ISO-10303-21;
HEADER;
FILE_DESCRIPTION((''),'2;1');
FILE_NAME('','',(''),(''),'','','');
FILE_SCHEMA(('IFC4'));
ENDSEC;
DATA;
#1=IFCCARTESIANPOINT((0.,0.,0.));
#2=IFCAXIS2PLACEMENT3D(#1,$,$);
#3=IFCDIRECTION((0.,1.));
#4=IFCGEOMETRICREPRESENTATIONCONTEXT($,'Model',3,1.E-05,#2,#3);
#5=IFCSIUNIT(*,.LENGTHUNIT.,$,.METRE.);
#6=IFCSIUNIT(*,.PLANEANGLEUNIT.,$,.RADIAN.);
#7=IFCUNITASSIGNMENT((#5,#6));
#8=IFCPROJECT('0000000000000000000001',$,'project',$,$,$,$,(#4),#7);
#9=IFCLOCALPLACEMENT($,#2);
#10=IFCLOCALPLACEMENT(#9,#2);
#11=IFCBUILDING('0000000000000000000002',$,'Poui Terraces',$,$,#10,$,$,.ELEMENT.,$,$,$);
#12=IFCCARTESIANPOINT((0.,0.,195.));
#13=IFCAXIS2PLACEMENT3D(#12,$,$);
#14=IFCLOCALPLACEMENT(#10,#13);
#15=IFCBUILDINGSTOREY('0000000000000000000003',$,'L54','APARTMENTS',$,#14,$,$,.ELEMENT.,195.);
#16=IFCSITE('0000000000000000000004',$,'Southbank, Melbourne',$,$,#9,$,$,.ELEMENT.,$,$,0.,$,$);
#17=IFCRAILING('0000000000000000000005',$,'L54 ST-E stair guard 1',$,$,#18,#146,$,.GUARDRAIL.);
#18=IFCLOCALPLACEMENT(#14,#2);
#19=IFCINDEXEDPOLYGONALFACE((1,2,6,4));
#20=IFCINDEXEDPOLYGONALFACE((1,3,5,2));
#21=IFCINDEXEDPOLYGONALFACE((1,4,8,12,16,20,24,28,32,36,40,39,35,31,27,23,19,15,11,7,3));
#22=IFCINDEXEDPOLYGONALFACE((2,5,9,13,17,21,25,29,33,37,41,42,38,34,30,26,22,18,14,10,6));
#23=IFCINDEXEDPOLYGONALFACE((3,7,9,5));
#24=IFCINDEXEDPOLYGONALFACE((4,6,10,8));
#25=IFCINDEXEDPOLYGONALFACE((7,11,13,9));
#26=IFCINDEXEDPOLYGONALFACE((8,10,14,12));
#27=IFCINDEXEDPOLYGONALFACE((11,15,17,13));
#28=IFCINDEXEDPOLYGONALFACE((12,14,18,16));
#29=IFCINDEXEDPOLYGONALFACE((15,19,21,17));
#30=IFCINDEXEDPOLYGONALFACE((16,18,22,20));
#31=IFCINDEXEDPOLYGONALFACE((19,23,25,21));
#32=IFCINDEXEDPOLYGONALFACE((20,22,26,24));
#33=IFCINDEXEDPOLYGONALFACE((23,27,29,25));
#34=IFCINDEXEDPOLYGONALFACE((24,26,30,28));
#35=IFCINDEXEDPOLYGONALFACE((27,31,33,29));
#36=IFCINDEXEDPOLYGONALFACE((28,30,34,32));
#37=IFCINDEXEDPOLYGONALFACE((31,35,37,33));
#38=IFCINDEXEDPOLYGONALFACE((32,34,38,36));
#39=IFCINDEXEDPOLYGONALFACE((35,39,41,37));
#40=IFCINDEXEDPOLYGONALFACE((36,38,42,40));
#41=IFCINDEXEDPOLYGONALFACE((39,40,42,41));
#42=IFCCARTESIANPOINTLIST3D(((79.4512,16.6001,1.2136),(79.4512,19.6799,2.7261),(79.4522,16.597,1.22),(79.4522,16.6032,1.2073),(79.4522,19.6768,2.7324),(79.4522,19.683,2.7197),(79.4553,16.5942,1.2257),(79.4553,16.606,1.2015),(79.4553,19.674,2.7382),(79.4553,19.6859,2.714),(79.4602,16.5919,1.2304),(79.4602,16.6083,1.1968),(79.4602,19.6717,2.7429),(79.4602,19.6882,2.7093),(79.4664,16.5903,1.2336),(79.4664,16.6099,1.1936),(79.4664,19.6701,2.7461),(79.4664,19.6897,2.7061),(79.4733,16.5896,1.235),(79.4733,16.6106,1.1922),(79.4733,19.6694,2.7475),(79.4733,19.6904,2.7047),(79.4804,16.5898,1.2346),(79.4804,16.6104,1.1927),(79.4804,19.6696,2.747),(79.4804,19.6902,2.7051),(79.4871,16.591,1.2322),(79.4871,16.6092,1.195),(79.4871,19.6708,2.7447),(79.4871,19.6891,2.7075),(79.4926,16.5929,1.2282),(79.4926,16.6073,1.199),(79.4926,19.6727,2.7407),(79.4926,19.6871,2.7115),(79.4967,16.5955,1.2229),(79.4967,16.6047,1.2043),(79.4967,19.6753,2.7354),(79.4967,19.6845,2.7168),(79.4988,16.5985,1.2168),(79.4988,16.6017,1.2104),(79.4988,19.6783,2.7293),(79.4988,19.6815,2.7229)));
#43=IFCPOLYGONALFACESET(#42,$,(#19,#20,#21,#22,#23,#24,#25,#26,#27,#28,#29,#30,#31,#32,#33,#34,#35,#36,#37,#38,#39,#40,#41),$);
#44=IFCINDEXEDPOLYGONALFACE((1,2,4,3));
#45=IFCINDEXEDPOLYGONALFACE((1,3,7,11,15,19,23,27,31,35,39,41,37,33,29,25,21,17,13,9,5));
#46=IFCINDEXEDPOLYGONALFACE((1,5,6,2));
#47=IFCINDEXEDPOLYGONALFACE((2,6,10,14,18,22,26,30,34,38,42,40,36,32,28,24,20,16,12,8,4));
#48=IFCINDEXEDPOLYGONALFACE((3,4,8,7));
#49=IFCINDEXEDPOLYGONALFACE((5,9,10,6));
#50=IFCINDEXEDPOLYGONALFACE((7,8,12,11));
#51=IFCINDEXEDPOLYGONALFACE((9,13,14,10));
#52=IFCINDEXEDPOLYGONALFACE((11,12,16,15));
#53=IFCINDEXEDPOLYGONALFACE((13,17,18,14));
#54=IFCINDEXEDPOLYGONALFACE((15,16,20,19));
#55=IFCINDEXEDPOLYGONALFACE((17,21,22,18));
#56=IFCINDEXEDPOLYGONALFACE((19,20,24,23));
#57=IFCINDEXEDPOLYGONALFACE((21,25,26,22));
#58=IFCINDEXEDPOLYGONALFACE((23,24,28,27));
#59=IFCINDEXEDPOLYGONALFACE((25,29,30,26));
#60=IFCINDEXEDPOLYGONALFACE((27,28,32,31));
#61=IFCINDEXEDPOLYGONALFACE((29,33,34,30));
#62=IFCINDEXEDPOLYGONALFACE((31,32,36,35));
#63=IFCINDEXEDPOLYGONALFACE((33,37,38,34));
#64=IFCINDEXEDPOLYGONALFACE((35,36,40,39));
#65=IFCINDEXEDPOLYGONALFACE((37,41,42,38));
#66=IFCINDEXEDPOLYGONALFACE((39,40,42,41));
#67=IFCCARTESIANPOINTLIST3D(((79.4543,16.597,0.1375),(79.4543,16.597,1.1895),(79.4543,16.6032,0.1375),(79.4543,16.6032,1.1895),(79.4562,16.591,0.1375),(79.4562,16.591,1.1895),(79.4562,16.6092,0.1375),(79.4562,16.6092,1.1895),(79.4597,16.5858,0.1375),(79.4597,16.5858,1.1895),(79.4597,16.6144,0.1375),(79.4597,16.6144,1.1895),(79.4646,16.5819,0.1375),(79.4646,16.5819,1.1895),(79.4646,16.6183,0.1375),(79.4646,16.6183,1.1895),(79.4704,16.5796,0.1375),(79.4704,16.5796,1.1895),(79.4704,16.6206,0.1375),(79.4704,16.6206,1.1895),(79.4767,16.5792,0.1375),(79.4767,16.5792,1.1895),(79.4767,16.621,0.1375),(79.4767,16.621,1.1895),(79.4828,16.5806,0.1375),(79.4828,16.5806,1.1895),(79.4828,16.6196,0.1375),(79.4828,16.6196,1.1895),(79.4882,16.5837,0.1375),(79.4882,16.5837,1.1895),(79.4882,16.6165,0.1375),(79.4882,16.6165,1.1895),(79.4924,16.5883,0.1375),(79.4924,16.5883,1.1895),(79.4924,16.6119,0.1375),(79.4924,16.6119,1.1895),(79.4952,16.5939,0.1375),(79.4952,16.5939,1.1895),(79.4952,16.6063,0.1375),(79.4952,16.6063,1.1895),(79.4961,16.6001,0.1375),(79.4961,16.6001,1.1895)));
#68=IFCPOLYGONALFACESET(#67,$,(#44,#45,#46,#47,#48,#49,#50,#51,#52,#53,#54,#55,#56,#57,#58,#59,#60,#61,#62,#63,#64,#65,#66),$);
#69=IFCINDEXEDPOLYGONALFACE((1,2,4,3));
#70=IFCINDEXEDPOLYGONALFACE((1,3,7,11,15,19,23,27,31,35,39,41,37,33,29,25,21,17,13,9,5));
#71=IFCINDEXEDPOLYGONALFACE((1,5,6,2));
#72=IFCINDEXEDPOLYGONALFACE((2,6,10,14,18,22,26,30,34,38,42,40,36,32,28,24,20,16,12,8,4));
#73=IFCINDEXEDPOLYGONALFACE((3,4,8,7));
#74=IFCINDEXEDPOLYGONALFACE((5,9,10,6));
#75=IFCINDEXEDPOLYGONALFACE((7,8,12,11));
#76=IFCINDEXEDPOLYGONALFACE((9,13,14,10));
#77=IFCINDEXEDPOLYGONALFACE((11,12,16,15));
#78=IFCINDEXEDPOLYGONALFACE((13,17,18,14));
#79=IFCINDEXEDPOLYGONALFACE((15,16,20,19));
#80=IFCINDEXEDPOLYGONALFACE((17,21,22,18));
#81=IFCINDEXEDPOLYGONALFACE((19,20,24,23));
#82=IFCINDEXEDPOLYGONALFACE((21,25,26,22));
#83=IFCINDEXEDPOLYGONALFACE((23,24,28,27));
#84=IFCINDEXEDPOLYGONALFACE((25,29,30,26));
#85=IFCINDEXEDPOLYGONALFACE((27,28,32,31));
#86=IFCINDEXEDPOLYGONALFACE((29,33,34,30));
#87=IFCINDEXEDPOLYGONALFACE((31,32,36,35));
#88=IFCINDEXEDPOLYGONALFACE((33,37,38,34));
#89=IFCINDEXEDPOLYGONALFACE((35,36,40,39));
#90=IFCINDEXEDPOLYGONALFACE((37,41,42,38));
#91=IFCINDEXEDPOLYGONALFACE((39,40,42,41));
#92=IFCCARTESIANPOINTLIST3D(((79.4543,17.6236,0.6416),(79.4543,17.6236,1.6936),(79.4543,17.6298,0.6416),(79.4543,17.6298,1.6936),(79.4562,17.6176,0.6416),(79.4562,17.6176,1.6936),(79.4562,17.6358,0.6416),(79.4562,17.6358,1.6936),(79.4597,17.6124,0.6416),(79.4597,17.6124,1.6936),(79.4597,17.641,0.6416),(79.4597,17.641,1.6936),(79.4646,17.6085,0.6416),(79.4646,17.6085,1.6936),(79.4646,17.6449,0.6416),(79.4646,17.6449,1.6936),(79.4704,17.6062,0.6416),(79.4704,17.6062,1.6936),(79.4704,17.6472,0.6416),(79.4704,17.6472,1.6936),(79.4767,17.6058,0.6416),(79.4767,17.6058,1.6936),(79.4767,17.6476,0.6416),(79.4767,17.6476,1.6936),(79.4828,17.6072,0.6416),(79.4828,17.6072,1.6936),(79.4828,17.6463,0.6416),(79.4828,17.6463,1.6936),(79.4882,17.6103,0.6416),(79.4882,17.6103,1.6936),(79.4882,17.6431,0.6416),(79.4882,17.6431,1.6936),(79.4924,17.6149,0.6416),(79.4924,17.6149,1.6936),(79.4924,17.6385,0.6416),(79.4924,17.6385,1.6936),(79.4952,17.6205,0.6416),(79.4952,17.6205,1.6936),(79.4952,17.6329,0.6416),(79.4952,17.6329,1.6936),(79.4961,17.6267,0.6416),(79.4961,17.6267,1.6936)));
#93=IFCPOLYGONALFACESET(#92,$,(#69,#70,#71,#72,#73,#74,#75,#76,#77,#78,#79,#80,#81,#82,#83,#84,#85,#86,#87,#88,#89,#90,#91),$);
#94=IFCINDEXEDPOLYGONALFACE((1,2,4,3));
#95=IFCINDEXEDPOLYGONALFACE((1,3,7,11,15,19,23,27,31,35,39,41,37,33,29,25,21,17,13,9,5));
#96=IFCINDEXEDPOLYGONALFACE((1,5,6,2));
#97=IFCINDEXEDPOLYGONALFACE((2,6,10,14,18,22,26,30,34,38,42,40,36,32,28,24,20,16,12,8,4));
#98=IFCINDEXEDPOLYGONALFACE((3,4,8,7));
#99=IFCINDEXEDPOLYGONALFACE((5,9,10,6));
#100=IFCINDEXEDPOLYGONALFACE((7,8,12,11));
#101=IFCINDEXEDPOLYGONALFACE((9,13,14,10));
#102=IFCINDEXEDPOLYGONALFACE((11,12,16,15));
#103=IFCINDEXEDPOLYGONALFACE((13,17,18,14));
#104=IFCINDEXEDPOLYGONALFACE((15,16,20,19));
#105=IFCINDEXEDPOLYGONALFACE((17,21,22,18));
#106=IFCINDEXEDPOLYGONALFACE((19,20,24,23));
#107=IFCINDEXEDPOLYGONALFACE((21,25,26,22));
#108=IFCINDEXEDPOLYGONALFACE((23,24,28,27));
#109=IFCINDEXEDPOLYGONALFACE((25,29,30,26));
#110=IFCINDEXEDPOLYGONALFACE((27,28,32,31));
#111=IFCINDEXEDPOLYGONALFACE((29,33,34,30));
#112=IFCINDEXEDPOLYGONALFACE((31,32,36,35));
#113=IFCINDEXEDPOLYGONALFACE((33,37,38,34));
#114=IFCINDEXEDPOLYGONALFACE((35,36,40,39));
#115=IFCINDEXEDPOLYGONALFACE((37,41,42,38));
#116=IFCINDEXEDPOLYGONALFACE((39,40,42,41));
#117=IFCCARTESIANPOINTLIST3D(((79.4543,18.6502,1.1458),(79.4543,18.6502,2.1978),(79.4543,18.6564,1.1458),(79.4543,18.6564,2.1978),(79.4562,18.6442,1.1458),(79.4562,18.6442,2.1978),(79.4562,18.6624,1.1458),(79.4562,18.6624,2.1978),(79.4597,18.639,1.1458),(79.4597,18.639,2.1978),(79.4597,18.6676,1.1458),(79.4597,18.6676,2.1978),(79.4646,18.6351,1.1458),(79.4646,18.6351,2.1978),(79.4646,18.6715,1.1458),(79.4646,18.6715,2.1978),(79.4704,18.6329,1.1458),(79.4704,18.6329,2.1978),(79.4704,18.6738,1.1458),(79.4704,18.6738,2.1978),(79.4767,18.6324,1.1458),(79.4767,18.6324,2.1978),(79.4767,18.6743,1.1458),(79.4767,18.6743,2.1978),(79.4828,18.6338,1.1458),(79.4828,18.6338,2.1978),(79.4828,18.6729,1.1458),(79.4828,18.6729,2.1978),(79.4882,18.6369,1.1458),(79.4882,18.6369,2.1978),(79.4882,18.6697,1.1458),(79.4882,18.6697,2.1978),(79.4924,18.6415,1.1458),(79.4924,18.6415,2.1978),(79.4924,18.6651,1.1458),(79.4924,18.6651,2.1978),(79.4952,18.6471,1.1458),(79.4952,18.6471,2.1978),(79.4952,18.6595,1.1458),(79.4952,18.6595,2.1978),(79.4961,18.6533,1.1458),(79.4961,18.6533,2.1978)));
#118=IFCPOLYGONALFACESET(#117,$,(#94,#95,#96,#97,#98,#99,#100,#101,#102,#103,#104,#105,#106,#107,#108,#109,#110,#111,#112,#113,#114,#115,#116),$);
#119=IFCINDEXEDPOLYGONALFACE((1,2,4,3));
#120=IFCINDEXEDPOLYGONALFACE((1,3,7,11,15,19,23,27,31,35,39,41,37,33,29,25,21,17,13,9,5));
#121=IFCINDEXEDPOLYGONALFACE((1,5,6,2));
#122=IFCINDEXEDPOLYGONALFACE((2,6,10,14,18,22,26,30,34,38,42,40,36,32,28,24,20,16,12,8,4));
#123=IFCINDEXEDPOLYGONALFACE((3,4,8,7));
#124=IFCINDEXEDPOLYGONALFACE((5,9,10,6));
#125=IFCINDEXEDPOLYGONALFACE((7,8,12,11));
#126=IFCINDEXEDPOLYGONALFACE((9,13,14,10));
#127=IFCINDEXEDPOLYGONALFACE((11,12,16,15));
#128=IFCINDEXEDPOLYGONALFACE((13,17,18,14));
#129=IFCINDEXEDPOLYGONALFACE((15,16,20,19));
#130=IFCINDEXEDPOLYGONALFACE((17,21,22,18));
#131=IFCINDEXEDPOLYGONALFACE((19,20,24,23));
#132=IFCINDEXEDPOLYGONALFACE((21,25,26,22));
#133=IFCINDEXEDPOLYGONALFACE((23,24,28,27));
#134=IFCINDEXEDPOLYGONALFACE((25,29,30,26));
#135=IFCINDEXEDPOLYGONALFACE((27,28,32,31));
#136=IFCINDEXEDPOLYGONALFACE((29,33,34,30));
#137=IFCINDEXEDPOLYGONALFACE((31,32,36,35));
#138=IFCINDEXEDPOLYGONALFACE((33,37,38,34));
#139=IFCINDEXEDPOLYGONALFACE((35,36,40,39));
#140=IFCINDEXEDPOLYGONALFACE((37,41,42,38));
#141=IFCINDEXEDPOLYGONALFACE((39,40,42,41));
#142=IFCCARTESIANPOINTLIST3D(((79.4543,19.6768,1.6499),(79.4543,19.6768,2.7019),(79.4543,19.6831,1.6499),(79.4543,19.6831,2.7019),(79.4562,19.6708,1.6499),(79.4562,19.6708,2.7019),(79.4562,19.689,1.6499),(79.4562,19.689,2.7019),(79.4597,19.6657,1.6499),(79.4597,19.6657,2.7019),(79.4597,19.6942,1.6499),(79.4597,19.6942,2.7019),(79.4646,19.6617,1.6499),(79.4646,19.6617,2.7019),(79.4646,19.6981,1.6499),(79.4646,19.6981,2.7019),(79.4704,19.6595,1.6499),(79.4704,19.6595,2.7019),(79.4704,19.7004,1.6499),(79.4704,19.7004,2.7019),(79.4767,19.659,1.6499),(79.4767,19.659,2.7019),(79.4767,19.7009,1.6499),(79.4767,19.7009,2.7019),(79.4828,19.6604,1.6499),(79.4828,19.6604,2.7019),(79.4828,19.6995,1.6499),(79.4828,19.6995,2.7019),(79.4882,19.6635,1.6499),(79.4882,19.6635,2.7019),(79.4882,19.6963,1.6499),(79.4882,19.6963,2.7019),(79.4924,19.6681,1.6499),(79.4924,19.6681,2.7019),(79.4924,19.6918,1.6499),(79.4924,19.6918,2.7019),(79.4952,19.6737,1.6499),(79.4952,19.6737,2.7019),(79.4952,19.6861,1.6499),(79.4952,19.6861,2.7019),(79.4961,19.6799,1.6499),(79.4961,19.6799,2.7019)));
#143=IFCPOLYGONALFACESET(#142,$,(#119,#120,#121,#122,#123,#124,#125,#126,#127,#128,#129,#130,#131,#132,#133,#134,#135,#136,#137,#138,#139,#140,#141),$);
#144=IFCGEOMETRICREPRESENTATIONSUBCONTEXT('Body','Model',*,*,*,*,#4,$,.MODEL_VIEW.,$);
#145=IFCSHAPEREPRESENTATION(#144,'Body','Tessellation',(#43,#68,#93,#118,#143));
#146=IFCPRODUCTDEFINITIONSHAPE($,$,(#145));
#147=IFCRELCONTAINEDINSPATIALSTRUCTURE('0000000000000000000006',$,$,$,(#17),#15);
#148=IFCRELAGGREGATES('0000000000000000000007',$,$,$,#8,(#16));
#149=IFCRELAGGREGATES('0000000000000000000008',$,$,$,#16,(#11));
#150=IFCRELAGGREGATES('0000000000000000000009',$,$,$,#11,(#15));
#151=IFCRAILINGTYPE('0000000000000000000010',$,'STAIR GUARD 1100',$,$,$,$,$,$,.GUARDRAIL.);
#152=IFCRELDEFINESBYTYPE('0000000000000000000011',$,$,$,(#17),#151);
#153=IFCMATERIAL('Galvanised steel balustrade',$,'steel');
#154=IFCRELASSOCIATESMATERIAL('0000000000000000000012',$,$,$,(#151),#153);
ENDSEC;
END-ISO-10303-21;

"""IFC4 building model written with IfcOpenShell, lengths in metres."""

from ifc_helpers import new_model, si_unit, direction, frame, origin, origin_2d, place, context, subcontext, project, spatial, circle, extrude, material, type_object, element, save


model = new_model("IFC4")

# Units and contexts
model_context = context("Model", 3, precision=1e-05, world=origin(), true_north=direction((0.0, 1.0)))
body_context = subcontext(model_context, "Body", "Model", "MODEL_VIEW")
ifc_project = project(units=[si_unit("LENGTHUNIT", "METRE"), si_unit("PLANEANGLEUNIT", "RADIAN")], contexts=[model_context])

# Site, building, storey
site_placement = place(None, origin())
site = spatial("IfcSite", under=ifc_project, at=site_placement, Name="Southbank, Melbourne", CompositionType="ELEMENT", RefElevation=0.0)
building_placement = place(site_placement, origin())
building = spatial("IfcBuilding", under=site, at=building_placement, Name="Poui Terraces", CompositionType="ELEMENT")
storey_placement = place(building_placement, frame((0.0, 0.0, 195.0)))
storey = spatial("IfcBuildingStorey", under=building, at=storey_placement, Name="L54", Description="APARTMENTS", CompositionType="ELEMENT", Elevation=195.0)

# Railing
ifc_material_1 = material(Name="Galvanised steel balustrade", Category="steel")
railing_type_1 = type_object("IfcRailingType", Name="STAIR GUARD 1100", PredefinedType="GUARDRAIL", material=ifc_material_1)
railing_1_placement = place(storey_placement, frame((79.4751, 16.6001, 0.1375)))
element("IfcRailing", 1, at=railing_1_placement, inside=storey, type_object=railing_type_1, Name="L54 ST-E stair guard 1", PredefinedType="GUARDRAIL", context=body_context, shape_type="SweptSolid", body=[
    extrude(circle(Radius=0.0239, at=origin_2d()), frame((0.0, 0.0, 1.0762), z_axis=(0.0, 0.897606, 0.440798), x_axis=(-1.0, 0.0, 0.0)), (0.0, 0.0, 1.0), 3.4312),
    extrude(circle(Radius=0.021, at=origin_2d()), origin(), (0.0, 0.0, 1.0), 1.052),
    extrude(circle(Radius=0.021, at=origin_2d()), frame((0.0, 1.0266, 0.5042)), (0.0, 0.0, 1.0), 1.052),
    extrude(circle(Radius=0.021, at=origin_2d()), frame((0.0, 2.0532, 1.0083)), (0.0, 0.0, 1.0), 1.052),
    extrude(circle(Radius=0.021, at=origin_2d()), frame((0.0, 3.0798, 1.5125)), (0.0, 0.0, 1.0), 1.052),
])

save(model, "model.ifc")
